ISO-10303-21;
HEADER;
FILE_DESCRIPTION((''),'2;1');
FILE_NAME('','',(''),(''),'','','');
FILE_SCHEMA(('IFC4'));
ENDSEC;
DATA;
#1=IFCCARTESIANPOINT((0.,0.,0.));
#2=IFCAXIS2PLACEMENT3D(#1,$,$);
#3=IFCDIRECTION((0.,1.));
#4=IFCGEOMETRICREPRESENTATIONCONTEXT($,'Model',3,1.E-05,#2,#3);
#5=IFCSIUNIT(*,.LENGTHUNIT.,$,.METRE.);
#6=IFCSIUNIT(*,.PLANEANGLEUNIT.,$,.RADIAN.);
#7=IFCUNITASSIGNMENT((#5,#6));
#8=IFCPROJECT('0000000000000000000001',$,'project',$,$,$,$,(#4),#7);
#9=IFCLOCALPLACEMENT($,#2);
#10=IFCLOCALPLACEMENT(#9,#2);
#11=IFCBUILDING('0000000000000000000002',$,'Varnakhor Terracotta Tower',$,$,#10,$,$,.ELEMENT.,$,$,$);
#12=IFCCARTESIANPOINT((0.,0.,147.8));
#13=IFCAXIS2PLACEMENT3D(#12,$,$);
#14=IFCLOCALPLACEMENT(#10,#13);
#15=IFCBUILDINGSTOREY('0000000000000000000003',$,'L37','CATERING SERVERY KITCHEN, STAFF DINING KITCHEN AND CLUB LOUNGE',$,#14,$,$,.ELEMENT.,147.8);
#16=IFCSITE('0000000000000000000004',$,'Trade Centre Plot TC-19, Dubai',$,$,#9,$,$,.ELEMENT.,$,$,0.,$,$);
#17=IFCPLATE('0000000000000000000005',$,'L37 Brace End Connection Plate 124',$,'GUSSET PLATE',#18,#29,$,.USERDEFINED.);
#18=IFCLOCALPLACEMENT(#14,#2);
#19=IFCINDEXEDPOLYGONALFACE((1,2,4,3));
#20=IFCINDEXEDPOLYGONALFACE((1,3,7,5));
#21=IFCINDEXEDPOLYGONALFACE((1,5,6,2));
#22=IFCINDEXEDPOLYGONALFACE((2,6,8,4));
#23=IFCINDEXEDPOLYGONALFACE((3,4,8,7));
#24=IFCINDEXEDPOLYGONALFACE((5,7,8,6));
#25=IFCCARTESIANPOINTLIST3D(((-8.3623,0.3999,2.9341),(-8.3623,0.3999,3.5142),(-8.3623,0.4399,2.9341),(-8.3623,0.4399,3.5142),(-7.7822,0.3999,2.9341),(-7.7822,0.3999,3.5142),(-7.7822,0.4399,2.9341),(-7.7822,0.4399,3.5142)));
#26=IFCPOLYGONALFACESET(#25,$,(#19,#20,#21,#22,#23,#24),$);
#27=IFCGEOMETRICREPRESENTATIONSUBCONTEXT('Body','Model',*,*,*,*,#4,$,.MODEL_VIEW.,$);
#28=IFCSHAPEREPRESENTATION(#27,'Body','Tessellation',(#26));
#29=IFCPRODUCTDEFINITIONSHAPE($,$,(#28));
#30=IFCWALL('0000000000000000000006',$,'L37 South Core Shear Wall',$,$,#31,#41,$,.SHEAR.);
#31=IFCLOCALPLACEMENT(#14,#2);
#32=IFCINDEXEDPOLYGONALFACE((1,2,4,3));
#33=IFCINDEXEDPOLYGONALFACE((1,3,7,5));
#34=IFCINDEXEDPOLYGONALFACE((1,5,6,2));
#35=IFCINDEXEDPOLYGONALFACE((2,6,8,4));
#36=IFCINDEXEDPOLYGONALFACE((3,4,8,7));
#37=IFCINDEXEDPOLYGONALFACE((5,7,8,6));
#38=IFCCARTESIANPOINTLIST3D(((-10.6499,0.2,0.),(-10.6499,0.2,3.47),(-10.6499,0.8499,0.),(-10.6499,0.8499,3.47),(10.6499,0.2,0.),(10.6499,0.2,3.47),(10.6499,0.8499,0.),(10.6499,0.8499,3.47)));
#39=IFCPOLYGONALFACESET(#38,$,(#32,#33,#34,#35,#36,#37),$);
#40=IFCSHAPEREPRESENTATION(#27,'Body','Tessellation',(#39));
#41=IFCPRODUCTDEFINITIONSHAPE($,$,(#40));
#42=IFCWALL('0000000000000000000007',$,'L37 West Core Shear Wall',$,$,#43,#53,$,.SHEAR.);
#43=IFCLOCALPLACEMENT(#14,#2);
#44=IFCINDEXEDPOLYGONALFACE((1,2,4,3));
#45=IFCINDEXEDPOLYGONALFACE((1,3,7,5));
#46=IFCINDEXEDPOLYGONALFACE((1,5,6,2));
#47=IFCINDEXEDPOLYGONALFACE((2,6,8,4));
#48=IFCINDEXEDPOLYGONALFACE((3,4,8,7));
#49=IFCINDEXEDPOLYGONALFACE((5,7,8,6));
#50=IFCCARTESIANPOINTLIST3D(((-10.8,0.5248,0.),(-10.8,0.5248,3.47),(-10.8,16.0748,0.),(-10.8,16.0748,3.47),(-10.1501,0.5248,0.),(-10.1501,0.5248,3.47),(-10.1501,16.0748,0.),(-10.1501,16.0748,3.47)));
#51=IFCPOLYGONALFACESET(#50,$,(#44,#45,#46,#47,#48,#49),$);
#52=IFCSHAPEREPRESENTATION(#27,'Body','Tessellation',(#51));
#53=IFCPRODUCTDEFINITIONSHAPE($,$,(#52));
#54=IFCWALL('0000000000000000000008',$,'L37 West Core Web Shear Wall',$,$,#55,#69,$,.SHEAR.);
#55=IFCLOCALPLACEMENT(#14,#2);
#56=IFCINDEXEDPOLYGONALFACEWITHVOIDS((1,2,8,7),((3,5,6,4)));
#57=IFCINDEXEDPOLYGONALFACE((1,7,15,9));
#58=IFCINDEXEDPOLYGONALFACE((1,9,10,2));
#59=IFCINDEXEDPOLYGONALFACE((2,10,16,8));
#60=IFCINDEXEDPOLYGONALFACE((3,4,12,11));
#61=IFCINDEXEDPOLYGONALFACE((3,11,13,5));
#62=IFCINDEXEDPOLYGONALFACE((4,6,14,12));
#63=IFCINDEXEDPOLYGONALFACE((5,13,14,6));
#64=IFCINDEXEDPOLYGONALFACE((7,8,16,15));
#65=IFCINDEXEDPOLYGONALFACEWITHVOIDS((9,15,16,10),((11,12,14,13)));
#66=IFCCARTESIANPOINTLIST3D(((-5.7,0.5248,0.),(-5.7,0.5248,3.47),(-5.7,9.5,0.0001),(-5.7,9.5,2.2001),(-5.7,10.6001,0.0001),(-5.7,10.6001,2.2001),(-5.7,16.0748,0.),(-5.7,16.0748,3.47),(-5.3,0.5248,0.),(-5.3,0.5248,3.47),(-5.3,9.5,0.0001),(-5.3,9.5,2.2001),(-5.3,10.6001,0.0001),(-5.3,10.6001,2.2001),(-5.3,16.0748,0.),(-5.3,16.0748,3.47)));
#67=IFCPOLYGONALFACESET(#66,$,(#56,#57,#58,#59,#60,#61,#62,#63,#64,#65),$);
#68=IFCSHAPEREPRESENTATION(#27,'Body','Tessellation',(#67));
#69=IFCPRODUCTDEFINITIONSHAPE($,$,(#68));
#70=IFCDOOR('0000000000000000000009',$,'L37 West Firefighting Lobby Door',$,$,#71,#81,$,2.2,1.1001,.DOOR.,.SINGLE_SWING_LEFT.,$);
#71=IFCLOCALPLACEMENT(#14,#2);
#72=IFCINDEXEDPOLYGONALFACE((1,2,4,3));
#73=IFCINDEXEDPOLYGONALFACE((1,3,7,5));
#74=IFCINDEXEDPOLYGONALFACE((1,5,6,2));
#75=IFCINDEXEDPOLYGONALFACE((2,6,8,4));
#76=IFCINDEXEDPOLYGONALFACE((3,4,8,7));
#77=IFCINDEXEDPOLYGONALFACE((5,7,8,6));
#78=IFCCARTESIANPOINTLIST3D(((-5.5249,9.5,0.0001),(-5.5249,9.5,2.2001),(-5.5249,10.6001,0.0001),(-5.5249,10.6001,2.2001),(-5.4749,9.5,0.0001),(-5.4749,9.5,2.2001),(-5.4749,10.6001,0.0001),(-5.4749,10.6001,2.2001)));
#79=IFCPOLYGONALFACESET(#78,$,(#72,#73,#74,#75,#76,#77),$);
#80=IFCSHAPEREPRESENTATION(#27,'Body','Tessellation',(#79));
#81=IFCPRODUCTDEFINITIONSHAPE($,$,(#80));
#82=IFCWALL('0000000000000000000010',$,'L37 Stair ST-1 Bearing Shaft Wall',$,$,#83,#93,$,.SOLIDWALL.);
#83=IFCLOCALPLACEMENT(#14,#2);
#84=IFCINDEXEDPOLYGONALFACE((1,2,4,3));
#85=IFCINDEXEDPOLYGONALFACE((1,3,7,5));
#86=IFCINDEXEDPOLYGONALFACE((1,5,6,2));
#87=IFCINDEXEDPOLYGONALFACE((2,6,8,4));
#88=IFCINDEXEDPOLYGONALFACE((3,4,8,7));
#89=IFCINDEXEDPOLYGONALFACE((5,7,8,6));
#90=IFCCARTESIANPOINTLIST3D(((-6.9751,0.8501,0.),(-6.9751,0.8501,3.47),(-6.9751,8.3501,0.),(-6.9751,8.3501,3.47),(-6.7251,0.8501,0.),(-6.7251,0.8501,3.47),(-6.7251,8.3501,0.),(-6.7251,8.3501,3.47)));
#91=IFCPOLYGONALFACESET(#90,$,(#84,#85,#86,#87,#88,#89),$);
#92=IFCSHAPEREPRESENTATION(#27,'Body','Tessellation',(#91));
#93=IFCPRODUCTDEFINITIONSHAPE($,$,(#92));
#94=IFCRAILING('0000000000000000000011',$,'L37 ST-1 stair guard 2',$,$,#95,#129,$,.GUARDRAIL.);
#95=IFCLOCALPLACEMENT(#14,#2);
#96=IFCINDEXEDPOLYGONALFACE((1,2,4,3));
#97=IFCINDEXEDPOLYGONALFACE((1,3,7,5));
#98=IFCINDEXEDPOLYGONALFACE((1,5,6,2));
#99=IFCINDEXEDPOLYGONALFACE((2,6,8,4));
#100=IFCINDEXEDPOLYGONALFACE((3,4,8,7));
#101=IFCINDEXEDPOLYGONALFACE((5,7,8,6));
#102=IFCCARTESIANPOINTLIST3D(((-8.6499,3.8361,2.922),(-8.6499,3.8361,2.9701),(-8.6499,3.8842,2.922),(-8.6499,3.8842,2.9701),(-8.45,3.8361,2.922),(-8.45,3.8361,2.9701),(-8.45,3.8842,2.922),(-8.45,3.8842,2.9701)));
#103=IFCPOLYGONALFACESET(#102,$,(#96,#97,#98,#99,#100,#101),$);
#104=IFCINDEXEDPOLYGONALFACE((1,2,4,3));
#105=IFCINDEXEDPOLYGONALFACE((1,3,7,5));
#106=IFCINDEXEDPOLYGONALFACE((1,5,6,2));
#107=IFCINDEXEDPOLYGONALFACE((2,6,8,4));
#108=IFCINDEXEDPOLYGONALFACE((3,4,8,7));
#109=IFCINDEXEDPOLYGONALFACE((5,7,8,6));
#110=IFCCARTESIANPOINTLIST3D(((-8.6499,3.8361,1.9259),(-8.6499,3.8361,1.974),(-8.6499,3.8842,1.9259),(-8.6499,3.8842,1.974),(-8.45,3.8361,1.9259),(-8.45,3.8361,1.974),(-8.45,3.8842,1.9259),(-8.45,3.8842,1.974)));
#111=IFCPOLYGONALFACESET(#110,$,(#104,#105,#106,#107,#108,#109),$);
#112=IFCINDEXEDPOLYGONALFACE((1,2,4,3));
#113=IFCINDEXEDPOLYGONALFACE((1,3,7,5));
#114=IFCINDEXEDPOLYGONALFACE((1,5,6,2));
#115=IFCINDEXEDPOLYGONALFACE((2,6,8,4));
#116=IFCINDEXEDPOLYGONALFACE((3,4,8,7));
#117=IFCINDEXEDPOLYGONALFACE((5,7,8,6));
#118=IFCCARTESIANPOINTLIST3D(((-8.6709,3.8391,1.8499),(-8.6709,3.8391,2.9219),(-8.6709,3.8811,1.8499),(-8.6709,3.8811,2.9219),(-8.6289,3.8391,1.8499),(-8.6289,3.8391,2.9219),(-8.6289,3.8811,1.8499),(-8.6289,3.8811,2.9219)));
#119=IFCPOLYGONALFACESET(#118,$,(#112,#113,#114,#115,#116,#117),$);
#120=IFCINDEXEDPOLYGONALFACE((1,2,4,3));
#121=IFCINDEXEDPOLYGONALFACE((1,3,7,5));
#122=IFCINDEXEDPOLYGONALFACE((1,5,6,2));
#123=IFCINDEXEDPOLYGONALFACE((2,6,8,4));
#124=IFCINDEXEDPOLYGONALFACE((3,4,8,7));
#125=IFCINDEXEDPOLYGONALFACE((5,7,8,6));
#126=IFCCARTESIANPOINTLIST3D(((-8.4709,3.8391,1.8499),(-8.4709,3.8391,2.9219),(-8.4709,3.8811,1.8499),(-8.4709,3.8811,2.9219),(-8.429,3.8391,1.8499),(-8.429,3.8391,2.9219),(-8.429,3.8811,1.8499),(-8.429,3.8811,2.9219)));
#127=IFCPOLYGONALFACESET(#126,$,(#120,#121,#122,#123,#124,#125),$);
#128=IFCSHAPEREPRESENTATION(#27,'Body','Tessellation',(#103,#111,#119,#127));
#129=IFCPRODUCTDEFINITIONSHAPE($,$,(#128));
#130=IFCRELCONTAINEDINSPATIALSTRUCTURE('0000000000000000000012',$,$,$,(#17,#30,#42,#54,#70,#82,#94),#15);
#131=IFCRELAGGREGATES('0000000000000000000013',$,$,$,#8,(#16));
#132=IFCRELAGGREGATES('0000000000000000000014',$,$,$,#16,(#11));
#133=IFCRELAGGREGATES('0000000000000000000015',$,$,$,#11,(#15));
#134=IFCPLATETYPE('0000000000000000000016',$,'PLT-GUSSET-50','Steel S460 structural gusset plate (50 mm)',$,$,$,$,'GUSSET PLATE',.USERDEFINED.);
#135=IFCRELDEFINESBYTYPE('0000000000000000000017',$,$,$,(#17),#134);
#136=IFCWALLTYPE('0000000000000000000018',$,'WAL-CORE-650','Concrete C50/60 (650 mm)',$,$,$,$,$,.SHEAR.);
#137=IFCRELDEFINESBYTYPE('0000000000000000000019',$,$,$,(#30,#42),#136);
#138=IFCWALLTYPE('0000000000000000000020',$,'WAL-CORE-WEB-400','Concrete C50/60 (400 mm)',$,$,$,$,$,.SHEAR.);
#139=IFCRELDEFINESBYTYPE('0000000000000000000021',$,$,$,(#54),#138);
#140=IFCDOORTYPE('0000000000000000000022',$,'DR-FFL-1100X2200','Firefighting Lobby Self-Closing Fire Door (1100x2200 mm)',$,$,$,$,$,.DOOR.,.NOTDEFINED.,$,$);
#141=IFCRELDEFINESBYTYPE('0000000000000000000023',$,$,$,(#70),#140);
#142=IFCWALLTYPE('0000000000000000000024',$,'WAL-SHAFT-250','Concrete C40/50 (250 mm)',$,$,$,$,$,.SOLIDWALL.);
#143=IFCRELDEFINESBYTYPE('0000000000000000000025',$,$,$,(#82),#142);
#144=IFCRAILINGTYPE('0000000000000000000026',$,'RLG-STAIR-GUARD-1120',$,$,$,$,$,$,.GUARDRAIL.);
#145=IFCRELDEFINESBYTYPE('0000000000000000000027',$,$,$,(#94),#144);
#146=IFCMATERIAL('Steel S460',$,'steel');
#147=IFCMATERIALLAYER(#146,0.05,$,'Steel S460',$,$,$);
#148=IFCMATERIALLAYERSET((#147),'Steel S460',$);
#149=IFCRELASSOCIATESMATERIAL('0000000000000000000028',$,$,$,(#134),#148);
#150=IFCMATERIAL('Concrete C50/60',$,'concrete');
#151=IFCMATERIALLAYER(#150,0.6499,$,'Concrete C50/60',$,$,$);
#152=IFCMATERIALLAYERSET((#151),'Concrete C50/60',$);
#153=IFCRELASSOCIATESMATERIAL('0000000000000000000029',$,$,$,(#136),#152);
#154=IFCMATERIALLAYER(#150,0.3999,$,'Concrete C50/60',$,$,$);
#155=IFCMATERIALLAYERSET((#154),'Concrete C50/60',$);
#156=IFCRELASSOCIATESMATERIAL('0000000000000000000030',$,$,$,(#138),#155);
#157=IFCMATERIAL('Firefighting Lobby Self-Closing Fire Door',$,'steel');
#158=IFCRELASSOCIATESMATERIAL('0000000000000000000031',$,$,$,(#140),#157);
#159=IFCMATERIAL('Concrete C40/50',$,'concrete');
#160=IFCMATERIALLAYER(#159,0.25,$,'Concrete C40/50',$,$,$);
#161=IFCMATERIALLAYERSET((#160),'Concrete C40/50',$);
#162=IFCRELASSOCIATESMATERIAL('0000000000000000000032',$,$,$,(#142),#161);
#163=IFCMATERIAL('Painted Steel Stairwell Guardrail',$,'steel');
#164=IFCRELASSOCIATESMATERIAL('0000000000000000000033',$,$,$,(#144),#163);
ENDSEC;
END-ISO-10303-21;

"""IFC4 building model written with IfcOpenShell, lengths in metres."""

from ifc_helpers import new_model, si_unit, direction, frame, frame_2d, origin, origin_2d, place, context, subcontext, project, spatial, rectangle, extrude, source, transform, mapped, material, layer, layer_set, type_object, type_shapes, element, fill, save


model = new_model("IFC4")

# Units and contexts
model_context = context("Model", 3, precision=1e-05, world=origin(), true_north=direction((0.0, 1.0)))
body_context = subcontext(model_context, "Body", "Model", "MODEL_VIEW")
ifc_project = project(units=[si_unit("LENGTHUNIT", "METRE"), si_unit("PLANEANGLEUNIT", "RADIAN")], contexts=[model_context])

# Site, building, storey
site_placement = place(None, origin())
site = spatial("IfcSite", under=ifc_project, at=site_placement, Name="Trade Centre Plot TC-19, Dubai", CompositionType="ELEMENT", RefElevation=0.0)
building_placement = place(site_placement, origin())
building = spatial("IfcBuilding", under=site, at=building_placement, Name="Varnakhor Terracotta Tower", CompositionType="ELEMENT")
storey_placement = place(building_placement, frame((0.0, 0.0, 147.8)))
storey = spatial("IfcBuildingStorey", under=building, at=storey_placement, Name="L37", Description="CATERING SERVERY KITCHEN, STAFF DINING KITCHEN AND CLUB LOUNGE", CompositionType="ELEMENT", Elevation=147.8)

# Shared definitions
ifc_material_1 = material(Name="Concrete C50/60", Category="concrete")

# Shared definitions
ifc_material_2 = material(Name="Steel S460", Category="steel")

# Plate
ifc_layer_1 = layer(ifc_material_2, 0.05, Name="Steel S460")
ifc_layer_set_1 = layer_set([ifc_layer_1], Name="Steel S460")
plate_type = type_object("IfcPlateType", Name="PLT-GUSSET-50", Description="Steel S460 structural gusset plate (50 mm)", ElementType="GUSSET PLATE", PredefinedType="USERDEFINED", material=ifc_layer_set_1)
shared_shape_1 = source(origin(), body_context, "Body", "SweptSolid", [
    extrude(rectangle(XDim=0.5801, YDim=0.04, at=origin_2d()), origin(), (0.0, 0.0, 1.0), 0.5801),
])
plate_placement = place(storey_placement, frame((-8.0723, 0.4199, 2.9341), z_axis=(0.0, 0.0, 1.0), x_axis=(1.0, 0.0, 0.0)))
element("IfcPlate", 1, at=plate_placement, inside=storey, type_object=plate_type, Name="L37 Brace End Connection Plate 124", ObjectType="GUSSET PLATE", PredefinedType="USERDEFINED", context=body_context, shape_type="MappedRepresentation", body=[
    mapped(shared_shape_1, transform((0.0, 0.0, 0.0), scale=1.0)),
])

# Walls
ifc_layer_2 = layer(ifc_material_1, 0.6499, Name="Concrete C50/60")
ifc_layer_set_2 = layer_set([ifc_layer_2], Name="Concrete C50/60")
wall_type_1 = type_object("IfcWallType", Name="WAL-CORE-650", Description="Concrete C50/60 (650 mm)", PredefinedType="SHEAR", material=ifc_layer_set_2)
wall_1_placement = place(storey_placement, frame((-10.6499, 0.5249, 0.0), z_axis=(0.0, 0.0, 1.0), x_axis=(1.0, 0.0, 0.0)))
element("IfcWall", 2, at=wall_1_placement, inside=storey, type_object=wall_type_1, Name="L37 South Core Shear Wall", PredefinedType="SHEAR", context=body_context, shape_type="SweptSolid", body=[
    extrude(rectangle(XDim=21.2998, YDim=0.6499, at=frame_2d((10.6499, 0.0))), origin(), (0.0, 0.0, 1.0), 3.47),
])
wall_2_placement = place(storey_placement, frame((-10.4751, 0.5249, 0.0), z_axis=(0.0, 0.0, 1.0), x_axis=(0.0, 1.0, 0.0)))
element("IfcWall", 3, at=wall_2_placement, inside=storey, type_object=wall_type_1, Name="L37 West Core Shear Wall", PredefinedType="SHEAR", context=body_context, shape_type="SweptSolid", body=[
    extrude(rectangle(XDim=15.55, YDim=0.6499, at=frame_2d((7.7749, 0.0))), origin(), (0.0, 0.0, 1.0), 3.47),
])

# Wall, opening, door
ifc_layer_3 = layer(ifc_material_1, 0.3999, Name="Concrete C50/60")
ifc_layer_set_3 = layer_set([ifc_layer_3], Name="Concrete C50/60")
wall_type_2 = type_object("IfcWallType", Name="WAL-CORE-WEB-400", Description="Concrete C50/60 (400 mm)", PredefinedType="SHEAR", material=ifc_layer_set_3)
wall_3_placement = place(storey_placement, frame((-5.5, 0.5249, 0.0), z_axis=(0.0, 0.0, 1.0), x_axis=(0.0, 1.0, 0.0)))
wall_3 = element("IfcWall", 4, at=wall_3_placement, inside=storey, type_object=wall_type_2, Name="L37 West Core Web Shear Wall", PredefinedType="SHEAR", context=body_context, shape_type="SweptSolid", body=[
    extrude(rectangle(XDim=15.55, YDim=0.3999, at=frame_2d((7.7749, 0.0))), origin(), (0.0, 0.0, 1.0), 3.47),
])
opening_placement = place(wall_3_placement, frame((8.9751, 0.0, 0.0)))
opening = element("IfcOpeningElement", 5, at=opening_placement, cuts=wall_3, PredefinedType="OPENING", context=body_context, shape_type="SweptSolid", body=[
    extrude(rectangle(XDim=1.1001, YDim=2.2, at=frame_2d((0.55, 1.1001))), frame((0.0, 0.21, 0.0), z_axis=(0.0, -1.0, 0.0), x_axis=(1.0, 0.0, 0.0)), (0.0, 0.0, 1.0), 0.4199),
])
ifc_material_3 = material(Name="Firefighting Lobby Self-Closing Fire Door", Category="steel")
door_type = type_object("IfcDoorType", Name="DR-FFL-1100X2200", Description="Firefighting Lobby Self-Closing Fire Door (1100x2200 mm)", OperationType="NOTDEFINED", PredefinedType="DOOR", material=ifc_material_3)
shared_shape_2 = source(origin(), body_context, "Body", "SweptSolid", [
    extrude(rectangle(XDim=1.1001, YDim=2.2, at=frame_2d((0.55, 1.1001))), frame((0.0, 0.0249, 0.0), z_axis=(0.0, -1.0, 0.0), x_axis=(1.0, 0.0, 0.0)), (0.0, 0.0, 1.0), 0.05),
])
type_shapes(door_type, [shared_shape_2])
door_placement = place(opening_placement, origin())
door = element("IfcDoor", 6, at=door_placement, inside=storey, type_object=door_type, Name="L37 West Firefighting Lobby Door", OperationType="SINGLE_SWING_LEFT", OverallHeight=2.2, OverallWidth=1.1001, PredefinedType="DOOR", context=body_context, shape_type="MappedRepresentation", body=[
    mapped(shared_shape_2, transform((0.0, 0.0, 0.0), scale=1.0)),
])
fill(opening, door)

# Wall
ifc_material_4 = material(Name="Concrete C40/50", Category="concrete")
ifc_layer_4 = layer(ifc_material_4, 0.25, Name="Concrete C40/50")
ifc_layer_set_4 = layer_set([ifc_layer_4], Name="Concrete C40/50")
wall_type_3 = type_object("IfcWallType", Name="WAL-SHAFT-250", Description="Concrete C40/50 (250 mm)", PredefinedType="SOLIDWALL", material=ifc_layer_set_4)
wall_4_placement = place(storey_placement, frame((-6.8501, 0.8501, 0.0), z_axis=(0.0, 0.0, 1.0), x_axis=(0.0, 1.0, 0.0)))
element("IfcWall", 7, at=wall_4_placement, inside=storey, type_object=wall_type_3, Name="L37 Stair ST-1 Bearing Shaft Wall", PredefinedType="SOLIDWALL", context=body_context, shape_type="SweptSolid", body=[
    extrude(rectangle(XDim=7.5, YDim=0.25, at=frame_2d((3.75, 0.0))), origin(), (0.0, 0.0, 1.0), 3.47),
])

# Railing
ifc_material_5 = material(Name="Painted Steel Stairwell Guardrail", Category="steel")
railing_type = type_object("IfcRailingType", Name="RLG-STAIR-GUARD-1120", PredefinedType="GUARDRAIL", material=ifc_material_5)
railing_placement = place(storey_placement, frame((-8.6499, 3.8601, 1.8499)))
element("IfcRailing", 8, at=railing_placement, inside=storey, type_object=railing_type, Name="L37 ST-1 stair guard 2", PredefinedType="GUARDRAIL", context=body_context, shape_type="SweptSolid", body=[
    extrude(rectangle(XDim=0.0481, YDim=0.0481, at=origin_2d()), frame((0.0, 0.0, 1.0962), z_axis=(1.0, 0.0, 0.0), x_axis=(0.0, 1.0, 0.0)), (0.0, 0.0, 1.0), 0.2),
    extrude(rectangle(XDim=0.0481, YDim=0.0481, at=origin_2d()), frame((0.0, 0.0, 0.1001), z_axis=(1.0, 0.0, 0.0), x_axis=(0.0, 1.0, 0.0)), (0.0, 0.0, 1.0), 0.2),
    extrude(rectangle(XDim=0.042, YDim=0.042, at=origin_2d()), origin(), (0.0, 0.0, 1.0), 1.072),
    extrude(rectangle(XDim=0.042, YDim=0.042, at=origin_2d()), frame((0.2, 0.0, 0.0)), (0.0, 0.0, 1.0), 1.072),
])

save(model, "model.ifc")
